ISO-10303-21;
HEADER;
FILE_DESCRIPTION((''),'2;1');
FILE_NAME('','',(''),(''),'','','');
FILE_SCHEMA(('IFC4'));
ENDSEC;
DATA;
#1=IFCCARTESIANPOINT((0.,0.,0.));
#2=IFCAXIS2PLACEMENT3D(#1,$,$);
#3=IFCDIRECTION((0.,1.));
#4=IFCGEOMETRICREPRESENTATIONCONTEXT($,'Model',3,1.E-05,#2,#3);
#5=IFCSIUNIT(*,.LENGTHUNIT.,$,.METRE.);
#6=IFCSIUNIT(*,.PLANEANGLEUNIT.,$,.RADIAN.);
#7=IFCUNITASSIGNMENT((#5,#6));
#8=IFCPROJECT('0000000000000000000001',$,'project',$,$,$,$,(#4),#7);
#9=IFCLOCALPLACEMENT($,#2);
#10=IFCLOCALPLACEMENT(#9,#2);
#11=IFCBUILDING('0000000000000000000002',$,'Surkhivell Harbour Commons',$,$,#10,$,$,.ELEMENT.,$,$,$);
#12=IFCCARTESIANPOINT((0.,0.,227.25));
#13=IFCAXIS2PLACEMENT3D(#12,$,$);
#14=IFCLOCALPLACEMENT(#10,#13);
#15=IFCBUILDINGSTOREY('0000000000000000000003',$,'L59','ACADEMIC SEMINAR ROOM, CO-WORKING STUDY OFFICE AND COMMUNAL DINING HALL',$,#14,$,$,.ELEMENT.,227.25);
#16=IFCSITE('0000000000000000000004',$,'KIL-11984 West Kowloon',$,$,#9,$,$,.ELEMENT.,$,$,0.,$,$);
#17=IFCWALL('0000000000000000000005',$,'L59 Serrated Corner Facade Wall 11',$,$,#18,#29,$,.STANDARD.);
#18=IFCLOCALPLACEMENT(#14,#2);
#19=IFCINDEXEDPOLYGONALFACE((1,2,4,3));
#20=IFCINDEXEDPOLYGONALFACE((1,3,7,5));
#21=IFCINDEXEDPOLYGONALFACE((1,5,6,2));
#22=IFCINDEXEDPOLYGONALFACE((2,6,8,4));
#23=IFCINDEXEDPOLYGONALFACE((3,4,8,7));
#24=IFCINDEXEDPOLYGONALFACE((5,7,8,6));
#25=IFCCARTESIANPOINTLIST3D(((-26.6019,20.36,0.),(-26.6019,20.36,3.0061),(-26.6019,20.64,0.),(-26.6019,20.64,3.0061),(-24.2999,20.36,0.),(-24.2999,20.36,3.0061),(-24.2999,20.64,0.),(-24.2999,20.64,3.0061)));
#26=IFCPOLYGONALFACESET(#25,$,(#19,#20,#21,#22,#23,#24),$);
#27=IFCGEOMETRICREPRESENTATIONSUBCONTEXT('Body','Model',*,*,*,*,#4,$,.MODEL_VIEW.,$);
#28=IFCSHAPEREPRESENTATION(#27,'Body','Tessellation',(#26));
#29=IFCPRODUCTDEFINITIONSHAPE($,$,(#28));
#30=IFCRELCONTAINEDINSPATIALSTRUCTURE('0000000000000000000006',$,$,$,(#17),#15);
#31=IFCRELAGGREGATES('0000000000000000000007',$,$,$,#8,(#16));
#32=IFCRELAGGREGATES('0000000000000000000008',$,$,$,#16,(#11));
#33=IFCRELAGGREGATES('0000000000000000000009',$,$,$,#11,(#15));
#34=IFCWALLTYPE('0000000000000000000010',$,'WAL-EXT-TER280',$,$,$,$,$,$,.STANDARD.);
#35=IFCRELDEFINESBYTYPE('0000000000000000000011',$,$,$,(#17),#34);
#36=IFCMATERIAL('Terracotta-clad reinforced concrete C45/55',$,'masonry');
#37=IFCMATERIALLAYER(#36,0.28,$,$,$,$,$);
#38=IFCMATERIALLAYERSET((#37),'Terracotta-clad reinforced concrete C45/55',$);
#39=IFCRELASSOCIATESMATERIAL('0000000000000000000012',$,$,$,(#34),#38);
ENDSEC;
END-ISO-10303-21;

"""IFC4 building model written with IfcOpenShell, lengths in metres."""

from ifc_helpers import new_model, si_unit, direction, frame, frame_2d, origin, place, context, subcontext, project, spatial, rectangle, extrude, material, layer, layer_set, type_object, element, save


model = new_model("IFC4")

# Units and contexts
model_context = context("Model", 3, precision=1e-05, world=origin(), true_north=direction((0.0, 1.0)))
body_context = subcontext(model_context, "Body", "Model", "MODEL_VIEW")
ifc_project = project(units=[si_unit("LENGTHUNIT", "METRE"), si_unit("PLANEANGLEUNIT", "RADIAN")], contexts=[model_context])

# Site, building, storey
site_placement = place(None, origin())
site = spatial("IfcSite", under=ifc_project, at=site_placement, Name="KIL-11984 West Kowloon", CompositionType="ELEMENT", RefElevation=0.0)
building_placement = place(site_placement, origin())
building = spatial("IfcBuilding", under=site, at=building_placement, Name="Surkhivell Harbour Commons", CompositionType="ELEMENT")
storey_placement = place(building_placement, frame((0.0, 0.0, 227.25)))
storey = spatial("IfcBuildingStorey", under=building, at=storey_placement, Name="L59", Description="ACADEMIC SEMINAR ROOM, CO-WORKING STUDY OFFICE AND COMMUNAL DINING HALL", CompositionType="ELEMENT", Elevation=227.25)

# Shared definitions
ifc_material_1 = material(Name="Terracotta-clad reinforced concrete C45/55", Category="masonry")
ifc_layer_1 = layer(ifc_material_1, 0.28)
ifc_layer_set_1 = layer_set([ifc_layer_1], Name="Terracotta-clad reinforced concrete C45/55")
wall_type = type_object("IfcWallType", Name="WAL-EXT-TER280", PredefinedType="STANDARD", material=ifc_layer_set_1)

# Wall
wall_1_placement = place(storey_placement, frame((-24.3, 20.5, 0.0), z_axis=(0.0, 0.0, 1.0), x_axis=(-1.0, 0.0, 0.0)))
element("IfcWall", 1, at=wall_1_placement, inside=storey, type_object=wall_type, Name="L59 Serrated Corner Facade Wall 11", PredefinedType="STANDARD", context=body_context, shape_type="SweptSolid", body=[
    extrude(rectangle(XDim=2.302, YDim=0.28, at=frame_2d((1.1509, 0.0))), origin(), (0.0, 0.0, 1.0), 3.0061),
])

save(model, "model.ifc")
